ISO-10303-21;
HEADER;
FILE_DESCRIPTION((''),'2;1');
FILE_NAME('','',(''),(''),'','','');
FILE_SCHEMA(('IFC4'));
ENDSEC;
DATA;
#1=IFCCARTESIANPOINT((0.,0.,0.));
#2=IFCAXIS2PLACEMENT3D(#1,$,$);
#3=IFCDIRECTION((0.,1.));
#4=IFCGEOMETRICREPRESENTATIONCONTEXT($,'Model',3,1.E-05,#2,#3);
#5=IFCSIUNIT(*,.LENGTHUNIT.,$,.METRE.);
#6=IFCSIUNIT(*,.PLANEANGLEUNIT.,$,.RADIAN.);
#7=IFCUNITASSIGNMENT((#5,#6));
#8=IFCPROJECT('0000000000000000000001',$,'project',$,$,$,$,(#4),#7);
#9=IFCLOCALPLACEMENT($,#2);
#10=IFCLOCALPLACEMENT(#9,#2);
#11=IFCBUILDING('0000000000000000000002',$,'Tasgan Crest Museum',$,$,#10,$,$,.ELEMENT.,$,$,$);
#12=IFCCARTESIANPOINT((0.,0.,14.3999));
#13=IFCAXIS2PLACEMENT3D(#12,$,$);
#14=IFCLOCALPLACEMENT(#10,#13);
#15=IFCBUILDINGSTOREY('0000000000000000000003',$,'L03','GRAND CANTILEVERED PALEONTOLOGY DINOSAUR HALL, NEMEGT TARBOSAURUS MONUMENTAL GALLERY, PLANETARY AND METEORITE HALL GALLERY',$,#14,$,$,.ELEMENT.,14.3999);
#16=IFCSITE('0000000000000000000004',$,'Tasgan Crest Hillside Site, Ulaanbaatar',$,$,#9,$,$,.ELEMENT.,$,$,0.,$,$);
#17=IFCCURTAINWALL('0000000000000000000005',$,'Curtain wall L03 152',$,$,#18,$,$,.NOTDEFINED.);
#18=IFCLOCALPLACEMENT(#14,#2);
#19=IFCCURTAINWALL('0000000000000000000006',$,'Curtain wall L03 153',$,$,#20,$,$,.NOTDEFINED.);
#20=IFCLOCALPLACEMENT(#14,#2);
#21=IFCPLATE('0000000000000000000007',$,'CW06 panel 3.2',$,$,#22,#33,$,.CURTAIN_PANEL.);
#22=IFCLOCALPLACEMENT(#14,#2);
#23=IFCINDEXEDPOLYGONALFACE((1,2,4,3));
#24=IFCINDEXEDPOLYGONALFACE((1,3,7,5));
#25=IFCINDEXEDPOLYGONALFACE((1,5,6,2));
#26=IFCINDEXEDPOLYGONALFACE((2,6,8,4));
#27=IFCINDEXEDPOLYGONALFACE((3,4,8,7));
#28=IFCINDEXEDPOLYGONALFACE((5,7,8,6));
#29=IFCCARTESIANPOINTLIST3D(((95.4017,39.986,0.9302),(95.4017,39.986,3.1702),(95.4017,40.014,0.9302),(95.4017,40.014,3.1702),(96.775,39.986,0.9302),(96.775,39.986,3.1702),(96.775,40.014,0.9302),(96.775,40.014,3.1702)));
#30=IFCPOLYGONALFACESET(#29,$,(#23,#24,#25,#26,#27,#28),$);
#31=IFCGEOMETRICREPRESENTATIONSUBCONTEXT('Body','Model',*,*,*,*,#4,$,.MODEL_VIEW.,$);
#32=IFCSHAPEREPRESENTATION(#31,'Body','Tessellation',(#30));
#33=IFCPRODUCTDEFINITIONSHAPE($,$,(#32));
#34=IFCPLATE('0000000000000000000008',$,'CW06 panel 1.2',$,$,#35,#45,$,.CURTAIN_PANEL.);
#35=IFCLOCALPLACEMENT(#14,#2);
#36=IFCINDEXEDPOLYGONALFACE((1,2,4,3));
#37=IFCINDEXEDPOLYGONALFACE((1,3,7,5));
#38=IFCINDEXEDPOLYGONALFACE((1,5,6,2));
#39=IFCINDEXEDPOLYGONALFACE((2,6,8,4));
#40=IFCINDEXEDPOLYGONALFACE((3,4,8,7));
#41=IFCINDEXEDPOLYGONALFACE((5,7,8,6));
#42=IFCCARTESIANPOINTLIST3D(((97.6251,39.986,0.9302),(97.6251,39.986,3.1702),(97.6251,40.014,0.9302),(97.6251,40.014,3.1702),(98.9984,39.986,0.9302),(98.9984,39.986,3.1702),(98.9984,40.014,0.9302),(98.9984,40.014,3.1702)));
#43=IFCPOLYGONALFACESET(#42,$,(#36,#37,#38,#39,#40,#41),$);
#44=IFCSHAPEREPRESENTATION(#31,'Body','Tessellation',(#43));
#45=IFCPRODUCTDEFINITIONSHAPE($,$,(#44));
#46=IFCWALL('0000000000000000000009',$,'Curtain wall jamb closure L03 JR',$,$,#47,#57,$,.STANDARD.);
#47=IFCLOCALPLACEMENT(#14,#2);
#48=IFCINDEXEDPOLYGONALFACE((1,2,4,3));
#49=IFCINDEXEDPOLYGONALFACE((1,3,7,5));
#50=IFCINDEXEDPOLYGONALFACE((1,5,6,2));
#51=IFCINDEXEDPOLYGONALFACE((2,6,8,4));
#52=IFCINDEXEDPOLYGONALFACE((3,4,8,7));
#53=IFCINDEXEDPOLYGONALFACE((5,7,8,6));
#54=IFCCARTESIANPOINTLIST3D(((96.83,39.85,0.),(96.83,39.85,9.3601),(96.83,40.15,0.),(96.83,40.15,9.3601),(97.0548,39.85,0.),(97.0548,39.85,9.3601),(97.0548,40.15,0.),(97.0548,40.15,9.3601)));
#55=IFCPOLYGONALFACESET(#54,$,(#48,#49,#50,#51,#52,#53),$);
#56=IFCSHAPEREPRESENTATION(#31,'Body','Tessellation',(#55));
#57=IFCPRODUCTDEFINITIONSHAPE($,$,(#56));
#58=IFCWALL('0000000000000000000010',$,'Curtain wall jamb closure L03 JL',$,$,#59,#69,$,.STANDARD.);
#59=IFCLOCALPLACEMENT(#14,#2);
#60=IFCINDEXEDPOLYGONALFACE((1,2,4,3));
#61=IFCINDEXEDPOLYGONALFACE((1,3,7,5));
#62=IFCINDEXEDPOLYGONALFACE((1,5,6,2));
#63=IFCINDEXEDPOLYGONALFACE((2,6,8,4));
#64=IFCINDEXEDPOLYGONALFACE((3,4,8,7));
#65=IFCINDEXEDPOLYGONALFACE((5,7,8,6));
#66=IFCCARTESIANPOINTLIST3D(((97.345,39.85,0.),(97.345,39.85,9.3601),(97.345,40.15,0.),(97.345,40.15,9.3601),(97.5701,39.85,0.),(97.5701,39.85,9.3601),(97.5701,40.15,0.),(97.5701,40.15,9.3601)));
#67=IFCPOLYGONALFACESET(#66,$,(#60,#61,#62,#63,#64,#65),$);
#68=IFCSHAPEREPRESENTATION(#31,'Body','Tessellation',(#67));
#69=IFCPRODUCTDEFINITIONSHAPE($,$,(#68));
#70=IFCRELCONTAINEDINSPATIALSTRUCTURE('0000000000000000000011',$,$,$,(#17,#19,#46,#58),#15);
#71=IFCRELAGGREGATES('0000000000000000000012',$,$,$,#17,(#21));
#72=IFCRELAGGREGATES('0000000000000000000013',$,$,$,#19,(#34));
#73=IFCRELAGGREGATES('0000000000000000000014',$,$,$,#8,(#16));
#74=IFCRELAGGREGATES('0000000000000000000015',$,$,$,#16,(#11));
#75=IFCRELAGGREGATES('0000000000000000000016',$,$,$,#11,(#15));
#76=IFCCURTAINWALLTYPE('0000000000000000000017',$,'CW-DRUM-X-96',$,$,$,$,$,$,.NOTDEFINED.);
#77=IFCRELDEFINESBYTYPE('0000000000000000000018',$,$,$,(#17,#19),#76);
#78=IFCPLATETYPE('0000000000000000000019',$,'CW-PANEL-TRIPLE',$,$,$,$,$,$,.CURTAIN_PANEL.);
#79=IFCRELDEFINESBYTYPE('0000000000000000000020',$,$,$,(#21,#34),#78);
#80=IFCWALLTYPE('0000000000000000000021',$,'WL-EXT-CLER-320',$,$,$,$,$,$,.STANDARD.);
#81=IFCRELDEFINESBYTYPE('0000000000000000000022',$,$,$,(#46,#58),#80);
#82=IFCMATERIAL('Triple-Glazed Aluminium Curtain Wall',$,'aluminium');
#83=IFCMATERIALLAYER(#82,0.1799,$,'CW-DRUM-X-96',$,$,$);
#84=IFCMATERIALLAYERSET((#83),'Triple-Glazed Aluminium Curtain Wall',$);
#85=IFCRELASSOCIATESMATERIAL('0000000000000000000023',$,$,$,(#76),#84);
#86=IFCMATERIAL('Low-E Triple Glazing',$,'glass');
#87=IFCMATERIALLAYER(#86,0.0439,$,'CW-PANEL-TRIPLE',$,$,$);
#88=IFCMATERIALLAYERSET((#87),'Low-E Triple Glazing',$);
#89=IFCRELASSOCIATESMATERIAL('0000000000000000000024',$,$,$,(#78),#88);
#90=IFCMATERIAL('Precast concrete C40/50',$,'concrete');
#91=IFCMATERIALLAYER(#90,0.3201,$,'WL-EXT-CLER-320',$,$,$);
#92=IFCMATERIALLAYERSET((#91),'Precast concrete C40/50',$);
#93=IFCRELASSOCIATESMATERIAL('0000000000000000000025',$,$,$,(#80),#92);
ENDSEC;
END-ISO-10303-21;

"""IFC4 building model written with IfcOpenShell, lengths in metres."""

from ifc_helpers import new_model, si_unit, direction, frame, frame_2d, origin, origin_2d, place, context, subcontext, project, spatial, rectangle, extrude, material, layer, layer_set, type_object, element, aggregate, save


model = new_model("IFC4")

# Units and contexts
model_context = context("Model", 3, precision=1e-05, world=origin(), true_north=direction((0.0, 1.0)))
body_context = subcontext(model_context, "Body", "Model", "MODEL_VIEW")
ifc_project = project(units=[si_unit("LENGTHUNIT", "METRE"), si_unit("PLANEANGLEUNIT", "RADIAN")], contexts=[model_context])

# Site, building, storey
site_placement = place(None, origin())
site = spatial("IfcSite", under=ifc_project, at=site_placement, Name="Tasgan Crest Hillside Site, Ulaanbaatar", CompositionType="ELEMENT", RefElevation=0.0)
building_placement = place(site_placement, origin())
building = spatial("IfcBuilding", under=site, at=building_placement, Name="Tasgan Crest Museum", CompositionType="ELEMENT")
storey_placement = place(building_placement, frame((0.0, 0.0, 14.3999)))
storey = spatial("IfcBuildingStorey", under=building, at=storey_placement, Name="L03", Description="GRAND CANTILEVERED PALEONTOLOGY DINOSAUR HALL, NEMEGT TARBOSAURUS MONUMENTAL GALLERY, PLANETARY AND METEORITE HALL GALLERY", CompositionType="ELEMENT", Elevation=14.3999)

# Curtain walls
ifc_material_1 = material(Name="Triple-Glazed Aluminium Curtain Wall", Category="aluminium")
ifc_layer_1 = layer(ifc_material_1, 0.1799, Name="CW-DRUM-X-96")
ifc_layer_set_1 = layer_set([ifc_layer_1], Name="Triple-Glazed Aluminium Curtain Wall")
curtain_wall_type = type_object("IfcCurtainWallType", Name="CW-DRUM-X-96", PredefinedType="NOTDEFINED", material=ifc_layer_set_1)
curtain_wall_1_placement = place(storey_placement, origin())
curtain_wall_1 = element("IfcCurtainWall", 1, at=curtain_wall_1_placement, inside=storey, type_object=curtain_wall_type, Name="Curtain wall L03 152", PredefinedType="NOTDEFINED")
curtain_wall_2_placement = place(storey_placement, origin())
curtain_wall_2 = element("IfcCurtainWall", 2, at=curtain_wall_2_placement, inside=storey, type_object=curtain_wall_type, Name="Curtain wall L03 153", PredefinedType="NOTDEFINED")

# Plates
ifc_material_2 = material(Name="Low-E Triple Glazing", Category="glass")
ifc_layer_2 = layer(ifc_material_2, 0.0439, Name="CW-PANEL-TRIPLE")
ifc_layer_set_2 = layer_set([ifc_layer_2], Name="Low-E Triple Glazing")
plate_type_1 = type_object("IfcPlateType", Name="CW-PANEL-TRIPLE", PredefinedType="CURTAIN_PANEL", material=ifc_layer_set_2)
plate_1_placement = place(storey_placement, frame((96.0884, 40.0, 0.9302), z_axis=(0.0, 0.0, 1.0), x_axis=(1.0, 0.0, 0.0)))
plate_1 = element("IfcPlate", 3, at=plate_1_placement, type_object=plate_type_1, Name="CW06 panel 3.2", PredefinedType="CURTAIN_PANEL", context=body_context, shape_type="SweptSolid", body=[
    extrude(rectangle(XDim=1.3733, YDim=0.0281, at=origin_2d()), origin(), (0.0, 0.0, 1.0), 2.24),
])
aggregate(curtain_wall_1, [plate_1])
plate_2_placement = place(storey_placement, frame((98.3118, 40.0, 0.9302), z_axis=(0.0, 0.0, 1.0), x_axis=(1.0, 0.0, 0.0)))
plate_2 = element("IfcPlate", 4, at=plate_2_placement, type_object=plate_type_1, Name="CW06 panel 1.2", PredefinedType="CURTAIN_PANEL", context=body_context, shape_type="SweptSolid", body=[
    extrude(rectangle(XDim=1.3733, YDim=0.0281, at=origin_2d()), origin(), (0.0, 0.0, 1.0), 2.24),
])
aggregate(curtain_wall_2, [plate_2])

# Walls
ifc_material_3 = material(Name="Precast concrete C40/50", Category="concrete")
ifc_layer_3 = layer(ifc_material_3, 0.3201, Name="WL-EXT-CLER-320")
ifc_layer_set_3 = layer_set([ifc_layer_3], Name="Precast concrete C40/50")
wall_type = type_object("IfcWallType", Name="WL-EXT-CLER-320", PredefinedType="STANDARD", material=ifc_layer_set_3)
wall_1_placement = place(storey_placement, frame((96.8301, 40.0, 0.0), z_axis=(0.0, 0.0, 1.0), x_axis=(1.0, 0.0, 0.0)))
element("IfcWall", 5, at=wall_1_placement, inside=storey, type_object=wall_type, Name="Curtain wall jamb closure L03 JR", PredefinedType="STANDARD", context=body_context, shape_type="SweptSolid", body=[
    extrude(rectangle(XDim=0.2249, YDim=0.3, at=frame_2d((0.1123, 0.0))), origin(), (0.0, 0.0, 1.0), 9.3601),
])
wall_2_placement = place(storey_placement, frame((97.345, 40.0, 0.0), z_axis=(0.0, 0.0, 1.0), x_axis=(1.0, 0.0, 0.0)))
element("IfcWall", 6, at=wall_2_placement, inside=storey, type_object=wall_type, Name="Curtain wall jamb closure L03 JL", PredefinedType="STANDARD", context=body_context, shape_type="SweptSolid", body=[
    extrude(rectangle(XDim=0.2251, YDim=0.3, at=frame_2d((0.1125, 0.0))), origin(), (0.0, 0.0, 1.0), 9.3601),
])

save(model, "model.ifc")
